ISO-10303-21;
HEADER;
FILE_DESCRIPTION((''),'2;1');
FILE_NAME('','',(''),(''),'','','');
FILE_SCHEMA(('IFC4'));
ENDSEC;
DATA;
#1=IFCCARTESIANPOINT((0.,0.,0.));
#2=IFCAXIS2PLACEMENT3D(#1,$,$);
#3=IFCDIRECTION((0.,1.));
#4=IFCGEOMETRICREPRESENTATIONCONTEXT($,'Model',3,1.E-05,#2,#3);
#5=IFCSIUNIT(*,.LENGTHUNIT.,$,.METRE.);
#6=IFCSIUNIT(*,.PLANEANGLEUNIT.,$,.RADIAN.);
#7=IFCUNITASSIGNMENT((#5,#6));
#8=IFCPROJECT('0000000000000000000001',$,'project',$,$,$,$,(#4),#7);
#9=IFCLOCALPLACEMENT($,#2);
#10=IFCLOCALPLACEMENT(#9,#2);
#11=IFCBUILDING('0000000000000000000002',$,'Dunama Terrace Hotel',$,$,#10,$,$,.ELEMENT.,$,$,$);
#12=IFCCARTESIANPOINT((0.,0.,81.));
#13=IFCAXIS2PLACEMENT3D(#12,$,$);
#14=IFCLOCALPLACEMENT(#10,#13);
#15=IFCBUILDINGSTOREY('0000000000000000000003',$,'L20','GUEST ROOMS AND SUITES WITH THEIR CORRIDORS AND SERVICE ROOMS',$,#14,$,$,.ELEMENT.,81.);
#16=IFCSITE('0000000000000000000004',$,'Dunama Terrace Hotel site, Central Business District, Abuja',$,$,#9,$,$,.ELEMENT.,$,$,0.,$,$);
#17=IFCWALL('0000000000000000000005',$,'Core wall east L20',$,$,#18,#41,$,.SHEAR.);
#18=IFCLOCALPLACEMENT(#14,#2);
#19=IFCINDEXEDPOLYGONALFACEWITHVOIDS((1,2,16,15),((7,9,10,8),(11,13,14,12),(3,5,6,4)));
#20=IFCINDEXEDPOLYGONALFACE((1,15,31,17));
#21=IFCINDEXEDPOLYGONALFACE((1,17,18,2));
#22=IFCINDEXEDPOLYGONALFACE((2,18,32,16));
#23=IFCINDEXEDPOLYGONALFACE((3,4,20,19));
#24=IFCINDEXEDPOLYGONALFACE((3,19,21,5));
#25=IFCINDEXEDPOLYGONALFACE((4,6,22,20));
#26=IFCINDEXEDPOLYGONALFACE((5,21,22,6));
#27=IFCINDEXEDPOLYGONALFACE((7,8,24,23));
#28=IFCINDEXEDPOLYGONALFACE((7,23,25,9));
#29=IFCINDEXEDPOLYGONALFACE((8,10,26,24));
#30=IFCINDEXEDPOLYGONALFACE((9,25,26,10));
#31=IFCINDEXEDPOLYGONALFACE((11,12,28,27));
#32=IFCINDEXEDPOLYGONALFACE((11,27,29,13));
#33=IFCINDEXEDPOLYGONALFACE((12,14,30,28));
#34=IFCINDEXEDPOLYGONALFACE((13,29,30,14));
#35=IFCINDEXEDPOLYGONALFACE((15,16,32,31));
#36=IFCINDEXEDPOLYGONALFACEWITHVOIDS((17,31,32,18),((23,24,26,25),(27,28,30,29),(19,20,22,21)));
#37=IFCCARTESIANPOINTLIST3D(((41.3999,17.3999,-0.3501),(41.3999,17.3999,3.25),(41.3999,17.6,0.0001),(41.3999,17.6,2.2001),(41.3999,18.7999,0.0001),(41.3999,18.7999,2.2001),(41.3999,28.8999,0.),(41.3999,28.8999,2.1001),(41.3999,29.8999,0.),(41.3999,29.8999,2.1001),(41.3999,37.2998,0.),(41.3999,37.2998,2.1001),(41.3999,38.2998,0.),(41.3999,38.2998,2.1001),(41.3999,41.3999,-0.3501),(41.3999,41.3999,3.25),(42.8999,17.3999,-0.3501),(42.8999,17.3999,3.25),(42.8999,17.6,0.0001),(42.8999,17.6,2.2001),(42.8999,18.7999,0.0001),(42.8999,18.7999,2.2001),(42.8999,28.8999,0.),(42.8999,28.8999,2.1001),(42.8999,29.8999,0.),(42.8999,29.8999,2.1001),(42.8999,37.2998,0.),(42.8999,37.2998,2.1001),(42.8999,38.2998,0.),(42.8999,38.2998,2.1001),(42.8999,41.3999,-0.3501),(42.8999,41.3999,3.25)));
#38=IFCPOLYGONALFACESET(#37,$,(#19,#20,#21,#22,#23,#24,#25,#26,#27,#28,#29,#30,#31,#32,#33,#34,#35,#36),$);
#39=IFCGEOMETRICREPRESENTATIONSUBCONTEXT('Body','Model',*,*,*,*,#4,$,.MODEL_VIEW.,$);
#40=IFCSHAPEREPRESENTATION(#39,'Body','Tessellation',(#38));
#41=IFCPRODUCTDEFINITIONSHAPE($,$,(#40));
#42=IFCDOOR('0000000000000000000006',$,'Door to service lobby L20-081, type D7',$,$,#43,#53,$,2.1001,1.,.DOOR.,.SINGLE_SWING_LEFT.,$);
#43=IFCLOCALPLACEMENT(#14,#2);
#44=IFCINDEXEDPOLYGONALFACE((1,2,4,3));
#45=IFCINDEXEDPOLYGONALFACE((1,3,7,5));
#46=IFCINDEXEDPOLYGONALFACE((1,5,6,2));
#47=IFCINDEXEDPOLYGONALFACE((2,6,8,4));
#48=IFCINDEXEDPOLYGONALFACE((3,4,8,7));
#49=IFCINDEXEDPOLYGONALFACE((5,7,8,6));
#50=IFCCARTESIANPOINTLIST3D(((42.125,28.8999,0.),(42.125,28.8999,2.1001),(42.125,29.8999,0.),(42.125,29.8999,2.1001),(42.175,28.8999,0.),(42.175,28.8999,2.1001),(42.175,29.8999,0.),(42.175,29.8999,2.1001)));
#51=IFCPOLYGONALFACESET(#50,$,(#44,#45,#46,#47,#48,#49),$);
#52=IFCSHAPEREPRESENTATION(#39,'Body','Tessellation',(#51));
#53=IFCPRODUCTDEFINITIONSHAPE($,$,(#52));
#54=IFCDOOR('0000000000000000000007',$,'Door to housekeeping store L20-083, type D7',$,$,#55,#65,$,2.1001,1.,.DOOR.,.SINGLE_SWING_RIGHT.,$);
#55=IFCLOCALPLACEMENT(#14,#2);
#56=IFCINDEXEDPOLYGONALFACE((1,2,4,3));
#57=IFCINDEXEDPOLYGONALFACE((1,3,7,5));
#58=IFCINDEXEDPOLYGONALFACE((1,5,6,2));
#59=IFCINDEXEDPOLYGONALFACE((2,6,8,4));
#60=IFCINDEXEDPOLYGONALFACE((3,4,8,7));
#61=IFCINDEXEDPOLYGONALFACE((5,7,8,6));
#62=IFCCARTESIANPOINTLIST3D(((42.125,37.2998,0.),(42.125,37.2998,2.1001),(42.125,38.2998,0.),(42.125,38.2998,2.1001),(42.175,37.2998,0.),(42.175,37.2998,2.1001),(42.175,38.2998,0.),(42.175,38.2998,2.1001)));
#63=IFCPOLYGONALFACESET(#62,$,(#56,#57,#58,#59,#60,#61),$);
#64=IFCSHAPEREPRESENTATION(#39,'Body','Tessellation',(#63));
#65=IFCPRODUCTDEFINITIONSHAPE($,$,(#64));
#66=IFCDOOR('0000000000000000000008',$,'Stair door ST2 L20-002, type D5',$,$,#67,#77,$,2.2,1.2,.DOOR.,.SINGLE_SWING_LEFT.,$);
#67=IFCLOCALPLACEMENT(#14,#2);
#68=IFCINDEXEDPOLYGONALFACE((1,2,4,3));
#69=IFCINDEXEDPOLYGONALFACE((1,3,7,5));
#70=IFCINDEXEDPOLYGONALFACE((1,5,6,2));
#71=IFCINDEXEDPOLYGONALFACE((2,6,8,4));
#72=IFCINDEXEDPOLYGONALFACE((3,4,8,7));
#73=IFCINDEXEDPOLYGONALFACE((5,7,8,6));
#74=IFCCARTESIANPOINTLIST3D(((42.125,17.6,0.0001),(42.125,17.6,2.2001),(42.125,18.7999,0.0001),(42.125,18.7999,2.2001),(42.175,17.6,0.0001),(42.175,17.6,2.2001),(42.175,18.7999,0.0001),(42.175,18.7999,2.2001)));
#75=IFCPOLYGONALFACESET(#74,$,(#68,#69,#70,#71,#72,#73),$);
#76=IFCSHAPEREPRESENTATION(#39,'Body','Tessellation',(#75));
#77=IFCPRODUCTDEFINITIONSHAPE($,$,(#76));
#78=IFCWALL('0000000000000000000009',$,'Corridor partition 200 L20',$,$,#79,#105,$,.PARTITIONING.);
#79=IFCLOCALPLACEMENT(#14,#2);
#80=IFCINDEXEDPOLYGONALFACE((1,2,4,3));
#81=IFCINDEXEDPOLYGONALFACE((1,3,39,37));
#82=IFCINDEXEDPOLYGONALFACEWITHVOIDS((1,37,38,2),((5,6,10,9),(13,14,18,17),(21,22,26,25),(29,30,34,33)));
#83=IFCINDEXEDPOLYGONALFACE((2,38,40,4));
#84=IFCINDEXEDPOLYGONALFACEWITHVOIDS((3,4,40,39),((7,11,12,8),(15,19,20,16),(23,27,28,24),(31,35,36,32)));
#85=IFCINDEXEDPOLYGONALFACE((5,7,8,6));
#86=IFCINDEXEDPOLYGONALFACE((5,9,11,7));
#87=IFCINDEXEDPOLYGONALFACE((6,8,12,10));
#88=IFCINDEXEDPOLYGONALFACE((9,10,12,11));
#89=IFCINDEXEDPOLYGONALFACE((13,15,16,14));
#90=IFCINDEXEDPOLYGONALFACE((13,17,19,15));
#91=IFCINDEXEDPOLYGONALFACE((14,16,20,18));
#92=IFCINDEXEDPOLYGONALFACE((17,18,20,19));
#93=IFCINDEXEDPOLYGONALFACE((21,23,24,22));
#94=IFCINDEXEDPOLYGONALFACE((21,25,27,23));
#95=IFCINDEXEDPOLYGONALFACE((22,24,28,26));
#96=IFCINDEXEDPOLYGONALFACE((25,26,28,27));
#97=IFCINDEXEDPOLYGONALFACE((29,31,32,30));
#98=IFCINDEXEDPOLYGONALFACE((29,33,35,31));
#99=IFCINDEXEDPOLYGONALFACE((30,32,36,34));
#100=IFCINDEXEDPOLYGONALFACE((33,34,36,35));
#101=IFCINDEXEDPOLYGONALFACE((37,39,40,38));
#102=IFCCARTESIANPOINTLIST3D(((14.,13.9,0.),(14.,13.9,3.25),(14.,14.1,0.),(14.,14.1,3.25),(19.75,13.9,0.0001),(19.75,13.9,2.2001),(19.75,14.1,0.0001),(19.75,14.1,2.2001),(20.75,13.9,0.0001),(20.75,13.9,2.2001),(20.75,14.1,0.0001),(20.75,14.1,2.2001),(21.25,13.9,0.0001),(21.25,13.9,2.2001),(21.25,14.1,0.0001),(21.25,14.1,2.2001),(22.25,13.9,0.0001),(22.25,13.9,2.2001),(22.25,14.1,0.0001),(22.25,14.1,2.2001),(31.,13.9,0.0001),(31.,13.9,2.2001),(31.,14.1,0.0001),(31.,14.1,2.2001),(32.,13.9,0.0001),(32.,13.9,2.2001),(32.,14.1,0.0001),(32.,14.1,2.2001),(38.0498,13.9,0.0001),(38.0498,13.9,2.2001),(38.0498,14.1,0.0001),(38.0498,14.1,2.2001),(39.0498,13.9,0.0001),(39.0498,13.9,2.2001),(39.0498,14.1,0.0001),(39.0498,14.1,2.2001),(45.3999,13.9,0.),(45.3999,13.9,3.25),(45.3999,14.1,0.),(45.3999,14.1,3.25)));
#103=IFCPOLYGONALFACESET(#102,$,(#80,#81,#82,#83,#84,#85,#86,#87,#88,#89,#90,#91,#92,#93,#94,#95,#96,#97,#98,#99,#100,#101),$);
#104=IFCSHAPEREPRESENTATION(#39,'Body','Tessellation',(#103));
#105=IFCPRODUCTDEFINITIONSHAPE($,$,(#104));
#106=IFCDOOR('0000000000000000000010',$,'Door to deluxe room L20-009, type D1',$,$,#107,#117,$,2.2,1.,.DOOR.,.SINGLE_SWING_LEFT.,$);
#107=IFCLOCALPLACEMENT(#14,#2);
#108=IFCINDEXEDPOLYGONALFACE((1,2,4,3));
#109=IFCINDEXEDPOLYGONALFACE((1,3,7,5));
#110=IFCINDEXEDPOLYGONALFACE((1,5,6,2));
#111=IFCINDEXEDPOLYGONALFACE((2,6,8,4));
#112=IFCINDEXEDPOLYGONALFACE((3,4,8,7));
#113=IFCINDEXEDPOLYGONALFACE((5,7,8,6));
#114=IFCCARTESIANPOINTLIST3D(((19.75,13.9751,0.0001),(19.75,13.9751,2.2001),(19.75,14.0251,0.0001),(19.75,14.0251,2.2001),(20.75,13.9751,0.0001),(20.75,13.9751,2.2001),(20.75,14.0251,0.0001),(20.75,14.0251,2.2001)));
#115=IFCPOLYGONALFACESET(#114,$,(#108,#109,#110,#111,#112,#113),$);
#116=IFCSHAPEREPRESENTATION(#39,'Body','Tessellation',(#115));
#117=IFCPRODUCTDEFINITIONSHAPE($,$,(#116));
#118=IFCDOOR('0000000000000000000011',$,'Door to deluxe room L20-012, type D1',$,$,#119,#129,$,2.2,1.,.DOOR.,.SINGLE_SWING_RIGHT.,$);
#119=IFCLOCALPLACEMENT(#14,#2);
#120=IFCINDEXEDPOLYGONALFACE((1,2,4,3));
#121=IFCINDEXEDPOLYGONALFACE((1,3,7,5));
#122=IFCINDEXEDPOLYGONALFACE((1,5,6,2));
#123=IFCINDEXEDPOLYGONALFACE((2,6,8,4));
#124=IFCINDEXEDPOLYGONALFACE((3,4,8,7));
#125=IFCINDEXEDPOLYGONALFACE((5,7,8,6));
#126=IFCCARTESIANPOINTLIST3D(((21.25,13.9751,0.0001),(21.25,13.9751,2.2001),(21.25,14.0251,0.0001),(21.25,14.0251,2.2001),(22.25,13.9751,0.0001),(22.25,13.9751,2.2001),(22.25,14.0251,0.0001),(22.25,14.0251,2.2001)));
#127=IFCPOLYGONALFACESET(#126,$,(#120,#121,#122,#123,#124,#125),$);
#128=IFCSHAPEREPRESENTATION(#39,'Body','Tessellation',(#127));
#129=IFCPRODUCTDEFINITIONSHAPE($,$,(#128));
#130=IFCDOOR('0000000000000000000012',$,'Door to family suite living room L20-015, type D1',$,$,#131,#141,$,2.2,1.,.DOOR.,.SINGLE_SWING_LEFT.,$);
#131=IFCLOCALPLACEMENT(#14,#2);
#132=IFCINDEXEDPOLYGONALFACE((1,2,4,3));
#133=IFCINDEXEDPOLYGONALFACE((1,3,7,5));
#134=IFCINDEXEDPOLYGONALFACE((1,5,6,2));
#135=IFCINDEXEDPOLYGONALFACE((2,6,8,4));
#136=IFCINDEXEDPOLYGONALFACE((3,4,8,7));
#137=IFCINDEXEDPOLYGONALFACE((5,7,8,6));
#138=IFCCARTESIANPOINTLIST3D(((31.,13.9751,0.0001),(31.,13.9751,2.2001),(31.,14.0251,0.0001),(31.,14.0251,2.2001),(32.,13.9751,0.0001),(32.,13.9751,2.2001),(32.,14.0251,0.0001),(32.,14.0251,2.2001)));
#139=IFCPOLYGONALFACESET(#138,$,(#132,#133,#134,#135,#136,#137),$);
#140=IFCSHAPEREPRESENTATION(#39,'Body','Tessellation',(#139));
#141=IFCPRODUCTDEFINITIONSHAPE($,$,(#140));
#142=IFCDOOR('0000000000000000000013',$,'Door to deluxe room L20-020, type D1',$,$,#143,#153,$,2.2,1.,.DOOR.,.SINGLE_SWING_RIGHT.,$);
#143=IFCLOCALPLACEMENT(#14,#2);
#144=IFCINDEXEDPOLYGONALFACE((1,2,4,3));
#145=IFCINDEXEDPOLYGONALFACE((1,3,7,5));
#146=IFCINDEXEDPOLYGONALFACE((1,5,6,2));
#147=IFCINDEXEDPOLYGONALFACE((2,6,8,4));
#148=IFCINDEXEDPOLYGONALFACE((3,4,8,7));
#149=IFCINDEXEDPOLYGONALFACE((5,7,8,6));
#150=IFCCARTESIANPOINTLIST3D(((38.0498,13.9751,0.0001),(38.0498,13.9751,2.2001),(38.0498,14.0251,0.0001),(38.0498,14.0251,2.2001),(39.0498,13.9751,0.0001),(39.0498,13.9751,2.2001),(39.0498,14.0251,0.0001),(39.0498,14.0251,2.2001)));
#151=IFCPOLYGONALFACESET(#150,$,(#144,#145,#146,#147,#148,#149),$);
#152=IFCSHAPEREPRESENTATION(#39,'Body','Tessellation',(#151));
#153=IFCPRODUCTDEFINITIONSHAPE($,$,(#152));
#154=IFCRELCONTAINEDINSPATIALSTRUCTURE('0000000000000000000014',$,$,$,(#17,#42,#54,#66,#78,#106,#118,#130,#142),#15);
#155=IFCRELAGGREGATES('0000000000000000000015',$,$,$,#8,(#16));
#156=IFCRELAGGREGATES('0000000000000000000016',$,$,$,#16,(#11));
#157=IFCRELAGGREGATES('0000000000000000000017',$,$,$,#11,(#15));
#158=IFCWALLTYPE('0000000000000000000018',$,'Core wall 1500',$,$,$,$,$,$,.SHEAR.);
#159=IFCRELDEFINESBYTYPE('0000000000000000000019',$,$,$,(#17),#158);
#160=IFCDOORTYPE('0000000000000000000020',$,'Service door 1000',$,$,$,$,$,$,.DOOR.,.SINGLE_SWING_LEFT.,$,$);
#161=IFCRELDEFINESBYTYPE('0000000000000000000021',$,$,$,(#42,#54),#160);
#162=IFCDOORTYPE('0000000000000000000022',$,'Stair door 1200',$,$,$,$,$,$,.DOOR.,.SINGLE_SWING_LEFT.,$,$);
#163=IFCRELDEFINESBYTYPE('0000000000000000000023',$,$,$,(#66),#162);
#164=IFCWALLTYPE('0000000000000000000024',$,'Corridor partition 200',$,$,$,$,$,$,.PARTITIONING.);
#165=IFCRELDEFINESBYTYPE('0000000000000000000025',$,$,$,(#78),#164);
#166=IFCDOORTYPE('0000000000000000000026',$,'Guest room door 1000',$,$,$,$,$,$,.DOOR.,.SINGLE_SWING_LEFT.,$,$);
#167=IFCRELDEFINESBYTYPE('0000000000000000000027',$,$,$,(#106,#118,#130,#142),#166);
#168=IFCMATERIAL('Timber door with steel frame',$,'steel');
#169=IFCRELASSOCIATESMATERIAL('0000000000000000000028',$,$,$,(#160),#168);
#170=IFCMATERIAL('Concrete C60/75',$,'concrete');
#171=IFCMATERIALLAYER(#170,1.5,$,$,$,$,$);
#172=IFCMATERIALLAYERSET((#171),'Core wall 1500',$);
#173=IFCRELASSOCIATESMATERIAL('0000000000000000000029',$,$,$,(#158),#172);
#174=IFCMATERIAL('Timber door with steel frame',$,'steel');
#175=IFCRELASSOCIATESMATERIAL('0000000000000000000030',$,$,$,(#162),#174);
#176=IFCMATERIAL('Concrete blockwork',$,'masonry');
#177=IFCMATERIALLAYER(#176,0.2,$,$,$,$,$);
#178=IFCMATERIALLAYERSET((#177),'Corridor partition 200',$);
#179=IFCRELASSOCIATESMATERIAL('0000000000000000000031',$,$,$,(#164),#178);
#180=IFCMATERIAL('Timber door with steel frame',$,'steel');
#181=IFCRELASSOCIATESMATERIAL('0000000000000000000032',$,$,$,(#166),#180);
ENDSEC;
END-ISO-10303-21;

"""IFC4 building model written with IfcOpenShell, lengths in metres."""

from ifc_helpers import new_model, si_unit, direction, frame, frame_2d, origin, place, context, subcontext, project, spatial, rectangle, extrude, material, layer, layer_set, type_object, element, fill, save


model = new_model("IFC4")

# Units and contexts
model_context = context("Model", 3, precision=1e-05, world=origin(), true_north=direction((0.0, 1.0)))
body_context = subcontext(model_context, "Body", "Model", "MODEL_VIEW")
ifc_project = project(units=[si_unit("LENGTHUNIT", "METRE"), si_unit("PLANEANGLEUNIT", "RADIAN")], contexts=[model_context])

# Site, building, storey
site_placement = place(None, origin())
site = spatial("IfcSite", under=ifc_project, at=site_placement, Name="Dunama Terrace Hotel site, Central Business District, Abuja", CompositionType="ELEMENT", RefElevation=0.0)
building_placement = place(site_placement, origin())
building = spatial("IfcBuilding", under=site, at=building_placement, Name="Dunama Terrace Hotel", CompositionType="ELEMENT")
storey_placement = place(building_placement, frame((0.0, 0.0, 81.0)))
storey = spatial("IfcBuildingStorey", under=building, at=storey_placement, Name="L20", Description="GUEST ROOMS AND SUITES WITH THEIR CORRIDORS AND SERVICE ROOMS", CompositionType="ELEMENT", Elevation=81.0)

# Shared definitions
ifc_material_1 = material(Name="Timber door with steel frame", Category="steel")
door_type_1 = type_object("IfcDoorType", Name="Service door 1000", OperationType="SINGLE_SWING_LEFT", PredefinedType="DOOR", material=ifc_material_1)

# Walls, openings, doors
ifc_material_2 = material(Name="Concrete C60/75", Category="concrete")
ifc_layer_1 = layer(ifc_material_2, 1.5)
ifc_layer_set_1 = layer_set([ifc_layer_1], Name="Core wall 1500")
wall_type_1 = type_object("IfcWallType", Name="Core wall 1500", PredefinedType="SHEAR", material=ifc_layer_set_1)
wall_1_placement = place(storey_placement, frame((42.1499, 17.3999, -0.3501), z_axis=(0.0, 0.0, 1.0), x_axis=(0.0, 1.0, 0.0)))
wall_1 = element("IfcWall", 1, at=wall_1_placement, inside=storey, type_object=wall_type_1, Name="Core wall east L20", PredefinedType="SHEAR", context=body_context, shape_type="SweptSolid", body=[
    extrude(rectangle(XDim=24.0, YDim=1.5, at=frame_2d((12.0, 0.0))), origin(), (0.0, 0.0, 1.0), 3.6001),
])
opening_1_placement = place(wall_1_placement, frame((0.2, 0.0, 0.3501)))
opening_1 = element("IfcOpeningElement", 2, at=opening_1_placement, cuts=wall_1, PredefinedType="OPENING", context=body_context, shape_type="SweptSolid", body=[
    extrude(rectangle(XDim=1.2, YDim=2.2, at=frame_2d((0.6001, 1.1001))), frame((0.0, 0.76, 0.0), z_axis=(0.0, -1.0, 0.0), x_axis=(1.0, 0.0, 0.0)), (0.0, 0.0, 1.0), 1.52),
])
opening_2_placement = place(wall_1_placement, frame((11.5, 0.0, 0.3501)))
opening_2 = element("IfcOpeningElement", 3, at=opening_2_placement, cuts=wall_1, PredefinedType="OPENING", context=body_context, shape_type="SweptSolid", body=[
    extrude(rectangle(XDim=1.0, YDim=2.1001, at=frame_2d((0.5, 1.05))), frame((0.0, 0.76, 0.0), z_axis=(0.0, -1.0, 0.0), x_axis=(1.0, 0.0, 0.0)), (0.0, 0.0, 1.0), 1.52),
])
opening_3_placement = place(wall_1_placement, frame((19.8999, 0.0, 0.3501)))
opening_3 = element("IfcOpeningElement", 4, at=opening_3_placement, cuts=wall_1, PredefinedType="OPENING", context=body_context, shape_type="SweptSolid", body=[
    extrude(rectangle(XDim=1.0, YDim=2.1001, at=frame_2d((0.5, 1.05))), frame((0.0, 0.76, 0.0), z_axis=(0.0, -1.0, 0.0), x_axis=(1.0, 0.0, 0.0)), (0.0, 0.0, 1.0), 1.52),
])
door_1_placement = place(opening_2_placement, origin())
door_1 = element("IfcDoor", 5, at=door_1_placement, inside=storey, type_object=door_type_1, Name="Door to service lobby L20-081, type D7", OperationType="SINGLE_SWING_LEFT", OverallHeight=2.1001, OverallWidth=1.0, PredefinedType="DOOR", context=body_context, shape_type="SweptSolid", body=[
    extrude(rectangle(XDim=1.0, YDim=2.1001, at=frame_2d((0.5, 1.05))), frame((0.0, 0.0249, 0.0), z_axis=(0.0, -1.0, 0.0), x_axis=(1.0, 0.0, 0.0)), (0.0, 0.0, 1.0), 0.05),
])
fill(opening_2, door_1)
door_2_placement = place(opening_3_placement, origin())
door_2 = element("IfcDoor", 6, at=door_2_placement, inside=storey, type_object=door_type_1, Name="Door to housekeeping store L20-083, type D7", OperationType="SINGLE_SWING_RIGHT", OverallHeight=2.1001, OverallWidth=1.0, PredefinedType="DOOR", context=body_context, shape_type="SweptSolid", body=[
    extrude(rectangle(XDim=1.0, YDim=2.1001, at=frame_2d((0.5, 1.05))), frame((0.0, 0.0249, 0.0), z_axis=(0.0, -1.0, 0.0), x_axis=(1.0, 0.0, 0.0)), (0.0, 0.0, 1.0), 0.05),
])
fill(opening_3, door_2)
ifc_material_3 = material(Name="Timber door with steel frame", Category="steel")
door_type_2 = type_object("IfcDoorType", Name="Stair door 1200", OperationType="SINGLE_SWING_LEFT", PredefinedType="DOOR", material=ifc_material_3)
door_3_placement = place(opening_1_placement, origin())
door_3 = element("IfcDoor", 7, at=door_3_placement, inside=storey, type_object=door_type_2, Name="Stair door ST2 L20-002, type D5", OperationType="SINGLE_SWING_LEFT", OverallHeight=2.2, OverallWidth=1.2, PredefinedType="DOOR", context=body_context, shape_type="SweptSolid", body=[
    extrude(rectangle(XDim=1.2, YDim=2.2, at=frame_2d((0.6001, 1.1001))), frame((0.0, 0.0249, 0.0), z_axis=(0.0, -1.0, 0.0), x_axis=(1.0, 0.0, 0.0)), (0.0, 0.0, 1.0), 0.05),
])
fill(opening_1, door_3)
ifc_material_4 = material(Name="Concrete blockwork", Category="masonry")
ifc_layer_2 = layer(ifc_material_4, 0.2)
ifc_layer_set_2 = layer_set([ifc_layer_2], Name="Corridor partition 200")
wall_type_2 = type_object("IfcWallType", Name="Corridor partition 200", PredefinedType="PARTITIONING", material=ifc_layer_set_2)
wall_2_placement = place(storey_placement, frame((45.3999, 14.0, 0.0), z_axis=(0.0, 0.0, 1.0), x_axis=(-1.0, 0.0, 0.0)))
wall_2 = element("IfcWall", 8, at=wall_2_placement, inside=storey, type_object=wall_type_2, Name="Corridor partition 200 L20", PredefinedType="PARTITIONING", context=body_context, shape_type="SweptSolid", body=[
    extrude(rectangle(XDim=31.3999, YDim=0.2, at=frame_2d((15.7, 0.0))), origin(), (0.0, 0.0, 1.0), 3.25),
])
opening_4_placement = place(wall_2_placement, frame((24.6499, 0.0, 0.0)))
opening_4 = element("IfcOpeningElement", 9, at=opening_4_placement, cuts=wall_2, PredefinedType="OPENING", context=body_context, shape_type="SweptSolid", body=[
    extrude(rectangle(XDim=1.0, YDim=2.2, at=frame_2d((0.5, 1.1001))), frame((0.0, 0.1099, 0.0), z_axis=(0.0, -1.0, 0.0), x_axis=(1.0, 0.0, 0.0)), (0.0, 0.0, 1.0), 0.22),
])
opening_5_placement = place(wall_2_placement, frame((23.1499, 0.0, 0.0)))
opening_5 = element("IfcOpeningElement", 10, at=opening_5_placement, cuts=wall_2, PredefinedType="OPENING", context=body_context, shape_type="SweptSolid", body=[
    extrude(rectangle(XDim=1.0, YDim=2.2, at=frame_2d((0.5, 1.1001))), frame((0.0, 0.1099, 0.0), z_axis=(0.0, -1.0, 0.0), x_axis=(1.0, 0.0, 0.0)), (0.0, 0.0, 1.0), 0.22),
])
opening_6_placement = place(wall_2_placement, frame((13.3999, 0.0, 0.0)))
opening_6 = element("IfcOpeningElement", 11, at=opening_6_placement, cuts=wall_2, PredefinedType="OPENING", context=body_context, shape_type="SweptSolid", body=[
    extrude(rectangle(XDim=1.0, YDim=2.2, at=frame_2d((0.5, 1.1001))), frame((0.0, 0.1099, 0.0), z_axis=(0.0, -1.0, 0.0), x_axis=(1.0, 0.0, 0.0)), (0.0, 0.0, 1.0), 0.22),
])
opening_7_placement = place(wall_2_placement, frame((6.3501, 0.0, 0.0)))
opening_7 = element("IfcOpeningElement", 12, at=opening_7_placement, cuts=wall_2, PredefinedType="OPENING", context=body_context, shape_type="SweptSolid", body=[
    extrude(rectangle(XDim=1.0, YDim=2.2, at=frame_2d((0.5, 1.1001))), frame((0.0, 0.1099, 0.0), z_axis=(0.0, -1.0, 0.0), x_axis=(1.0, 0.0, 0.0)), (0.0, 0.0, 1.0), 0.22),
])
ifc_material_5 = material(Name="Timber door with steel frame", Category="steel")
door_type_3 = type_object("IfcDoorType", Name="Guest room door 1000", OperationType="SINGLE_SWING_LEFT", PredefinedType="DOOR", material=ifc_material_5)
door_4_placement = place(opening_4_placement, origin())
door_4 = element("IfcDoor", 13, at=door_4_placement, inside=storey, type_object=door_type_3, Name="Door to deluxe room L20-009, type D1", OperationType="SINGLE_SWING_LEFT", OverallHeight=2.2, OverallWidth=1.0, PredefinedType="DOOR", context=body_context, shape_type="SweptSolid", body=[
    extrude(rectangle(XDim=1.0, YDim=2.2, at=frame_2d((0.5, 1.1001))), frame((0.0, 0.0249, 0.0), z_axis=(0.0, -1.0, 0.0), x_axis=(1.0, 0.0, 0.0)), (0.0, 0.0, 1.0), 0.05),
])
fill(opening_4, door_4)
door_5_placement = place(opening_5_placement, origin())
door_5 = element("IfcDoor", 14, at=door_5_placement, inside=storey, type_object=door_type_3, Name="Door to deluxe room L20-012, type D1", OperationType="SINGLE_SWING_RIGHT", OverallHeight=2.2, OverallWidth=1.0, PredefinedType="DOOR", context=body_context, shape_type="SweptSolid", body=[
    extrude(rectangle(XDim=1.0, YDim=2.2, at=frame_2d((0.5, 1.1001))), frame((0.0, 0.0249, 0.0), z_axis=(0.0, -1.0, 0.0), x_axis=(1.0, 0.0, 0.0)), (0.0, 0.0, 1.0), 0.05),
])
fill(opening_5, door_5)
door_6_placement = place(opening_6_placement, origin())
door_6 = element("IfcDoor", 15, at=door_6_placement, inside=storey, type_object=door_type_3, Name="Door to family suite living room L20-015, type D1", OperationType="SINGLE_SWING_LEFT", OverallHeight=2.2, OverallWidth=1.0, PredefinedType="DOOR", context=body_context, shape_type="SweptSolid", body=[
    extrude(rectangle(XDim=1.0, YDim=2.2, at=frame_2d((0.5, 1.1001))), frame((0.0, 0.0249, 0.0), z_axis=(0.0, -1.0, 0.0), x_axis=(1.0, 0.0, 0.0)), (0.0, 0.0, 1.0), 0.05),
])
fill(opening_6, door_6)
door_7_placement = place(opening_7_placement, origin())
door_7 = element("IfcDoor", 16, at=door_7_placement, inside=storey, type_object=door_type_3, Name="Door to deluxe room L20-020, type D1", OperationType="SINGLE_SWING_RIGHT", OverallHeight=2.2, OverallWidth=1.0, PredefinedType="DOOR", context=body_context, shape_type="SweptSolid", body=[
    extrude(rectangle(XDim=1.0, YDim=2.2, at=frame_2d((0.5, 1.1001))), frame((0.0, 0.0249, 0.0), z_axis=(0.0, -1.0, 0.0), x_axis=(1.0, 0.0, 0.0)), (0.0, 0.0, 1.0), 0.05),
])
fill(opening_7, door_7)

save(model, "model.ifc")
